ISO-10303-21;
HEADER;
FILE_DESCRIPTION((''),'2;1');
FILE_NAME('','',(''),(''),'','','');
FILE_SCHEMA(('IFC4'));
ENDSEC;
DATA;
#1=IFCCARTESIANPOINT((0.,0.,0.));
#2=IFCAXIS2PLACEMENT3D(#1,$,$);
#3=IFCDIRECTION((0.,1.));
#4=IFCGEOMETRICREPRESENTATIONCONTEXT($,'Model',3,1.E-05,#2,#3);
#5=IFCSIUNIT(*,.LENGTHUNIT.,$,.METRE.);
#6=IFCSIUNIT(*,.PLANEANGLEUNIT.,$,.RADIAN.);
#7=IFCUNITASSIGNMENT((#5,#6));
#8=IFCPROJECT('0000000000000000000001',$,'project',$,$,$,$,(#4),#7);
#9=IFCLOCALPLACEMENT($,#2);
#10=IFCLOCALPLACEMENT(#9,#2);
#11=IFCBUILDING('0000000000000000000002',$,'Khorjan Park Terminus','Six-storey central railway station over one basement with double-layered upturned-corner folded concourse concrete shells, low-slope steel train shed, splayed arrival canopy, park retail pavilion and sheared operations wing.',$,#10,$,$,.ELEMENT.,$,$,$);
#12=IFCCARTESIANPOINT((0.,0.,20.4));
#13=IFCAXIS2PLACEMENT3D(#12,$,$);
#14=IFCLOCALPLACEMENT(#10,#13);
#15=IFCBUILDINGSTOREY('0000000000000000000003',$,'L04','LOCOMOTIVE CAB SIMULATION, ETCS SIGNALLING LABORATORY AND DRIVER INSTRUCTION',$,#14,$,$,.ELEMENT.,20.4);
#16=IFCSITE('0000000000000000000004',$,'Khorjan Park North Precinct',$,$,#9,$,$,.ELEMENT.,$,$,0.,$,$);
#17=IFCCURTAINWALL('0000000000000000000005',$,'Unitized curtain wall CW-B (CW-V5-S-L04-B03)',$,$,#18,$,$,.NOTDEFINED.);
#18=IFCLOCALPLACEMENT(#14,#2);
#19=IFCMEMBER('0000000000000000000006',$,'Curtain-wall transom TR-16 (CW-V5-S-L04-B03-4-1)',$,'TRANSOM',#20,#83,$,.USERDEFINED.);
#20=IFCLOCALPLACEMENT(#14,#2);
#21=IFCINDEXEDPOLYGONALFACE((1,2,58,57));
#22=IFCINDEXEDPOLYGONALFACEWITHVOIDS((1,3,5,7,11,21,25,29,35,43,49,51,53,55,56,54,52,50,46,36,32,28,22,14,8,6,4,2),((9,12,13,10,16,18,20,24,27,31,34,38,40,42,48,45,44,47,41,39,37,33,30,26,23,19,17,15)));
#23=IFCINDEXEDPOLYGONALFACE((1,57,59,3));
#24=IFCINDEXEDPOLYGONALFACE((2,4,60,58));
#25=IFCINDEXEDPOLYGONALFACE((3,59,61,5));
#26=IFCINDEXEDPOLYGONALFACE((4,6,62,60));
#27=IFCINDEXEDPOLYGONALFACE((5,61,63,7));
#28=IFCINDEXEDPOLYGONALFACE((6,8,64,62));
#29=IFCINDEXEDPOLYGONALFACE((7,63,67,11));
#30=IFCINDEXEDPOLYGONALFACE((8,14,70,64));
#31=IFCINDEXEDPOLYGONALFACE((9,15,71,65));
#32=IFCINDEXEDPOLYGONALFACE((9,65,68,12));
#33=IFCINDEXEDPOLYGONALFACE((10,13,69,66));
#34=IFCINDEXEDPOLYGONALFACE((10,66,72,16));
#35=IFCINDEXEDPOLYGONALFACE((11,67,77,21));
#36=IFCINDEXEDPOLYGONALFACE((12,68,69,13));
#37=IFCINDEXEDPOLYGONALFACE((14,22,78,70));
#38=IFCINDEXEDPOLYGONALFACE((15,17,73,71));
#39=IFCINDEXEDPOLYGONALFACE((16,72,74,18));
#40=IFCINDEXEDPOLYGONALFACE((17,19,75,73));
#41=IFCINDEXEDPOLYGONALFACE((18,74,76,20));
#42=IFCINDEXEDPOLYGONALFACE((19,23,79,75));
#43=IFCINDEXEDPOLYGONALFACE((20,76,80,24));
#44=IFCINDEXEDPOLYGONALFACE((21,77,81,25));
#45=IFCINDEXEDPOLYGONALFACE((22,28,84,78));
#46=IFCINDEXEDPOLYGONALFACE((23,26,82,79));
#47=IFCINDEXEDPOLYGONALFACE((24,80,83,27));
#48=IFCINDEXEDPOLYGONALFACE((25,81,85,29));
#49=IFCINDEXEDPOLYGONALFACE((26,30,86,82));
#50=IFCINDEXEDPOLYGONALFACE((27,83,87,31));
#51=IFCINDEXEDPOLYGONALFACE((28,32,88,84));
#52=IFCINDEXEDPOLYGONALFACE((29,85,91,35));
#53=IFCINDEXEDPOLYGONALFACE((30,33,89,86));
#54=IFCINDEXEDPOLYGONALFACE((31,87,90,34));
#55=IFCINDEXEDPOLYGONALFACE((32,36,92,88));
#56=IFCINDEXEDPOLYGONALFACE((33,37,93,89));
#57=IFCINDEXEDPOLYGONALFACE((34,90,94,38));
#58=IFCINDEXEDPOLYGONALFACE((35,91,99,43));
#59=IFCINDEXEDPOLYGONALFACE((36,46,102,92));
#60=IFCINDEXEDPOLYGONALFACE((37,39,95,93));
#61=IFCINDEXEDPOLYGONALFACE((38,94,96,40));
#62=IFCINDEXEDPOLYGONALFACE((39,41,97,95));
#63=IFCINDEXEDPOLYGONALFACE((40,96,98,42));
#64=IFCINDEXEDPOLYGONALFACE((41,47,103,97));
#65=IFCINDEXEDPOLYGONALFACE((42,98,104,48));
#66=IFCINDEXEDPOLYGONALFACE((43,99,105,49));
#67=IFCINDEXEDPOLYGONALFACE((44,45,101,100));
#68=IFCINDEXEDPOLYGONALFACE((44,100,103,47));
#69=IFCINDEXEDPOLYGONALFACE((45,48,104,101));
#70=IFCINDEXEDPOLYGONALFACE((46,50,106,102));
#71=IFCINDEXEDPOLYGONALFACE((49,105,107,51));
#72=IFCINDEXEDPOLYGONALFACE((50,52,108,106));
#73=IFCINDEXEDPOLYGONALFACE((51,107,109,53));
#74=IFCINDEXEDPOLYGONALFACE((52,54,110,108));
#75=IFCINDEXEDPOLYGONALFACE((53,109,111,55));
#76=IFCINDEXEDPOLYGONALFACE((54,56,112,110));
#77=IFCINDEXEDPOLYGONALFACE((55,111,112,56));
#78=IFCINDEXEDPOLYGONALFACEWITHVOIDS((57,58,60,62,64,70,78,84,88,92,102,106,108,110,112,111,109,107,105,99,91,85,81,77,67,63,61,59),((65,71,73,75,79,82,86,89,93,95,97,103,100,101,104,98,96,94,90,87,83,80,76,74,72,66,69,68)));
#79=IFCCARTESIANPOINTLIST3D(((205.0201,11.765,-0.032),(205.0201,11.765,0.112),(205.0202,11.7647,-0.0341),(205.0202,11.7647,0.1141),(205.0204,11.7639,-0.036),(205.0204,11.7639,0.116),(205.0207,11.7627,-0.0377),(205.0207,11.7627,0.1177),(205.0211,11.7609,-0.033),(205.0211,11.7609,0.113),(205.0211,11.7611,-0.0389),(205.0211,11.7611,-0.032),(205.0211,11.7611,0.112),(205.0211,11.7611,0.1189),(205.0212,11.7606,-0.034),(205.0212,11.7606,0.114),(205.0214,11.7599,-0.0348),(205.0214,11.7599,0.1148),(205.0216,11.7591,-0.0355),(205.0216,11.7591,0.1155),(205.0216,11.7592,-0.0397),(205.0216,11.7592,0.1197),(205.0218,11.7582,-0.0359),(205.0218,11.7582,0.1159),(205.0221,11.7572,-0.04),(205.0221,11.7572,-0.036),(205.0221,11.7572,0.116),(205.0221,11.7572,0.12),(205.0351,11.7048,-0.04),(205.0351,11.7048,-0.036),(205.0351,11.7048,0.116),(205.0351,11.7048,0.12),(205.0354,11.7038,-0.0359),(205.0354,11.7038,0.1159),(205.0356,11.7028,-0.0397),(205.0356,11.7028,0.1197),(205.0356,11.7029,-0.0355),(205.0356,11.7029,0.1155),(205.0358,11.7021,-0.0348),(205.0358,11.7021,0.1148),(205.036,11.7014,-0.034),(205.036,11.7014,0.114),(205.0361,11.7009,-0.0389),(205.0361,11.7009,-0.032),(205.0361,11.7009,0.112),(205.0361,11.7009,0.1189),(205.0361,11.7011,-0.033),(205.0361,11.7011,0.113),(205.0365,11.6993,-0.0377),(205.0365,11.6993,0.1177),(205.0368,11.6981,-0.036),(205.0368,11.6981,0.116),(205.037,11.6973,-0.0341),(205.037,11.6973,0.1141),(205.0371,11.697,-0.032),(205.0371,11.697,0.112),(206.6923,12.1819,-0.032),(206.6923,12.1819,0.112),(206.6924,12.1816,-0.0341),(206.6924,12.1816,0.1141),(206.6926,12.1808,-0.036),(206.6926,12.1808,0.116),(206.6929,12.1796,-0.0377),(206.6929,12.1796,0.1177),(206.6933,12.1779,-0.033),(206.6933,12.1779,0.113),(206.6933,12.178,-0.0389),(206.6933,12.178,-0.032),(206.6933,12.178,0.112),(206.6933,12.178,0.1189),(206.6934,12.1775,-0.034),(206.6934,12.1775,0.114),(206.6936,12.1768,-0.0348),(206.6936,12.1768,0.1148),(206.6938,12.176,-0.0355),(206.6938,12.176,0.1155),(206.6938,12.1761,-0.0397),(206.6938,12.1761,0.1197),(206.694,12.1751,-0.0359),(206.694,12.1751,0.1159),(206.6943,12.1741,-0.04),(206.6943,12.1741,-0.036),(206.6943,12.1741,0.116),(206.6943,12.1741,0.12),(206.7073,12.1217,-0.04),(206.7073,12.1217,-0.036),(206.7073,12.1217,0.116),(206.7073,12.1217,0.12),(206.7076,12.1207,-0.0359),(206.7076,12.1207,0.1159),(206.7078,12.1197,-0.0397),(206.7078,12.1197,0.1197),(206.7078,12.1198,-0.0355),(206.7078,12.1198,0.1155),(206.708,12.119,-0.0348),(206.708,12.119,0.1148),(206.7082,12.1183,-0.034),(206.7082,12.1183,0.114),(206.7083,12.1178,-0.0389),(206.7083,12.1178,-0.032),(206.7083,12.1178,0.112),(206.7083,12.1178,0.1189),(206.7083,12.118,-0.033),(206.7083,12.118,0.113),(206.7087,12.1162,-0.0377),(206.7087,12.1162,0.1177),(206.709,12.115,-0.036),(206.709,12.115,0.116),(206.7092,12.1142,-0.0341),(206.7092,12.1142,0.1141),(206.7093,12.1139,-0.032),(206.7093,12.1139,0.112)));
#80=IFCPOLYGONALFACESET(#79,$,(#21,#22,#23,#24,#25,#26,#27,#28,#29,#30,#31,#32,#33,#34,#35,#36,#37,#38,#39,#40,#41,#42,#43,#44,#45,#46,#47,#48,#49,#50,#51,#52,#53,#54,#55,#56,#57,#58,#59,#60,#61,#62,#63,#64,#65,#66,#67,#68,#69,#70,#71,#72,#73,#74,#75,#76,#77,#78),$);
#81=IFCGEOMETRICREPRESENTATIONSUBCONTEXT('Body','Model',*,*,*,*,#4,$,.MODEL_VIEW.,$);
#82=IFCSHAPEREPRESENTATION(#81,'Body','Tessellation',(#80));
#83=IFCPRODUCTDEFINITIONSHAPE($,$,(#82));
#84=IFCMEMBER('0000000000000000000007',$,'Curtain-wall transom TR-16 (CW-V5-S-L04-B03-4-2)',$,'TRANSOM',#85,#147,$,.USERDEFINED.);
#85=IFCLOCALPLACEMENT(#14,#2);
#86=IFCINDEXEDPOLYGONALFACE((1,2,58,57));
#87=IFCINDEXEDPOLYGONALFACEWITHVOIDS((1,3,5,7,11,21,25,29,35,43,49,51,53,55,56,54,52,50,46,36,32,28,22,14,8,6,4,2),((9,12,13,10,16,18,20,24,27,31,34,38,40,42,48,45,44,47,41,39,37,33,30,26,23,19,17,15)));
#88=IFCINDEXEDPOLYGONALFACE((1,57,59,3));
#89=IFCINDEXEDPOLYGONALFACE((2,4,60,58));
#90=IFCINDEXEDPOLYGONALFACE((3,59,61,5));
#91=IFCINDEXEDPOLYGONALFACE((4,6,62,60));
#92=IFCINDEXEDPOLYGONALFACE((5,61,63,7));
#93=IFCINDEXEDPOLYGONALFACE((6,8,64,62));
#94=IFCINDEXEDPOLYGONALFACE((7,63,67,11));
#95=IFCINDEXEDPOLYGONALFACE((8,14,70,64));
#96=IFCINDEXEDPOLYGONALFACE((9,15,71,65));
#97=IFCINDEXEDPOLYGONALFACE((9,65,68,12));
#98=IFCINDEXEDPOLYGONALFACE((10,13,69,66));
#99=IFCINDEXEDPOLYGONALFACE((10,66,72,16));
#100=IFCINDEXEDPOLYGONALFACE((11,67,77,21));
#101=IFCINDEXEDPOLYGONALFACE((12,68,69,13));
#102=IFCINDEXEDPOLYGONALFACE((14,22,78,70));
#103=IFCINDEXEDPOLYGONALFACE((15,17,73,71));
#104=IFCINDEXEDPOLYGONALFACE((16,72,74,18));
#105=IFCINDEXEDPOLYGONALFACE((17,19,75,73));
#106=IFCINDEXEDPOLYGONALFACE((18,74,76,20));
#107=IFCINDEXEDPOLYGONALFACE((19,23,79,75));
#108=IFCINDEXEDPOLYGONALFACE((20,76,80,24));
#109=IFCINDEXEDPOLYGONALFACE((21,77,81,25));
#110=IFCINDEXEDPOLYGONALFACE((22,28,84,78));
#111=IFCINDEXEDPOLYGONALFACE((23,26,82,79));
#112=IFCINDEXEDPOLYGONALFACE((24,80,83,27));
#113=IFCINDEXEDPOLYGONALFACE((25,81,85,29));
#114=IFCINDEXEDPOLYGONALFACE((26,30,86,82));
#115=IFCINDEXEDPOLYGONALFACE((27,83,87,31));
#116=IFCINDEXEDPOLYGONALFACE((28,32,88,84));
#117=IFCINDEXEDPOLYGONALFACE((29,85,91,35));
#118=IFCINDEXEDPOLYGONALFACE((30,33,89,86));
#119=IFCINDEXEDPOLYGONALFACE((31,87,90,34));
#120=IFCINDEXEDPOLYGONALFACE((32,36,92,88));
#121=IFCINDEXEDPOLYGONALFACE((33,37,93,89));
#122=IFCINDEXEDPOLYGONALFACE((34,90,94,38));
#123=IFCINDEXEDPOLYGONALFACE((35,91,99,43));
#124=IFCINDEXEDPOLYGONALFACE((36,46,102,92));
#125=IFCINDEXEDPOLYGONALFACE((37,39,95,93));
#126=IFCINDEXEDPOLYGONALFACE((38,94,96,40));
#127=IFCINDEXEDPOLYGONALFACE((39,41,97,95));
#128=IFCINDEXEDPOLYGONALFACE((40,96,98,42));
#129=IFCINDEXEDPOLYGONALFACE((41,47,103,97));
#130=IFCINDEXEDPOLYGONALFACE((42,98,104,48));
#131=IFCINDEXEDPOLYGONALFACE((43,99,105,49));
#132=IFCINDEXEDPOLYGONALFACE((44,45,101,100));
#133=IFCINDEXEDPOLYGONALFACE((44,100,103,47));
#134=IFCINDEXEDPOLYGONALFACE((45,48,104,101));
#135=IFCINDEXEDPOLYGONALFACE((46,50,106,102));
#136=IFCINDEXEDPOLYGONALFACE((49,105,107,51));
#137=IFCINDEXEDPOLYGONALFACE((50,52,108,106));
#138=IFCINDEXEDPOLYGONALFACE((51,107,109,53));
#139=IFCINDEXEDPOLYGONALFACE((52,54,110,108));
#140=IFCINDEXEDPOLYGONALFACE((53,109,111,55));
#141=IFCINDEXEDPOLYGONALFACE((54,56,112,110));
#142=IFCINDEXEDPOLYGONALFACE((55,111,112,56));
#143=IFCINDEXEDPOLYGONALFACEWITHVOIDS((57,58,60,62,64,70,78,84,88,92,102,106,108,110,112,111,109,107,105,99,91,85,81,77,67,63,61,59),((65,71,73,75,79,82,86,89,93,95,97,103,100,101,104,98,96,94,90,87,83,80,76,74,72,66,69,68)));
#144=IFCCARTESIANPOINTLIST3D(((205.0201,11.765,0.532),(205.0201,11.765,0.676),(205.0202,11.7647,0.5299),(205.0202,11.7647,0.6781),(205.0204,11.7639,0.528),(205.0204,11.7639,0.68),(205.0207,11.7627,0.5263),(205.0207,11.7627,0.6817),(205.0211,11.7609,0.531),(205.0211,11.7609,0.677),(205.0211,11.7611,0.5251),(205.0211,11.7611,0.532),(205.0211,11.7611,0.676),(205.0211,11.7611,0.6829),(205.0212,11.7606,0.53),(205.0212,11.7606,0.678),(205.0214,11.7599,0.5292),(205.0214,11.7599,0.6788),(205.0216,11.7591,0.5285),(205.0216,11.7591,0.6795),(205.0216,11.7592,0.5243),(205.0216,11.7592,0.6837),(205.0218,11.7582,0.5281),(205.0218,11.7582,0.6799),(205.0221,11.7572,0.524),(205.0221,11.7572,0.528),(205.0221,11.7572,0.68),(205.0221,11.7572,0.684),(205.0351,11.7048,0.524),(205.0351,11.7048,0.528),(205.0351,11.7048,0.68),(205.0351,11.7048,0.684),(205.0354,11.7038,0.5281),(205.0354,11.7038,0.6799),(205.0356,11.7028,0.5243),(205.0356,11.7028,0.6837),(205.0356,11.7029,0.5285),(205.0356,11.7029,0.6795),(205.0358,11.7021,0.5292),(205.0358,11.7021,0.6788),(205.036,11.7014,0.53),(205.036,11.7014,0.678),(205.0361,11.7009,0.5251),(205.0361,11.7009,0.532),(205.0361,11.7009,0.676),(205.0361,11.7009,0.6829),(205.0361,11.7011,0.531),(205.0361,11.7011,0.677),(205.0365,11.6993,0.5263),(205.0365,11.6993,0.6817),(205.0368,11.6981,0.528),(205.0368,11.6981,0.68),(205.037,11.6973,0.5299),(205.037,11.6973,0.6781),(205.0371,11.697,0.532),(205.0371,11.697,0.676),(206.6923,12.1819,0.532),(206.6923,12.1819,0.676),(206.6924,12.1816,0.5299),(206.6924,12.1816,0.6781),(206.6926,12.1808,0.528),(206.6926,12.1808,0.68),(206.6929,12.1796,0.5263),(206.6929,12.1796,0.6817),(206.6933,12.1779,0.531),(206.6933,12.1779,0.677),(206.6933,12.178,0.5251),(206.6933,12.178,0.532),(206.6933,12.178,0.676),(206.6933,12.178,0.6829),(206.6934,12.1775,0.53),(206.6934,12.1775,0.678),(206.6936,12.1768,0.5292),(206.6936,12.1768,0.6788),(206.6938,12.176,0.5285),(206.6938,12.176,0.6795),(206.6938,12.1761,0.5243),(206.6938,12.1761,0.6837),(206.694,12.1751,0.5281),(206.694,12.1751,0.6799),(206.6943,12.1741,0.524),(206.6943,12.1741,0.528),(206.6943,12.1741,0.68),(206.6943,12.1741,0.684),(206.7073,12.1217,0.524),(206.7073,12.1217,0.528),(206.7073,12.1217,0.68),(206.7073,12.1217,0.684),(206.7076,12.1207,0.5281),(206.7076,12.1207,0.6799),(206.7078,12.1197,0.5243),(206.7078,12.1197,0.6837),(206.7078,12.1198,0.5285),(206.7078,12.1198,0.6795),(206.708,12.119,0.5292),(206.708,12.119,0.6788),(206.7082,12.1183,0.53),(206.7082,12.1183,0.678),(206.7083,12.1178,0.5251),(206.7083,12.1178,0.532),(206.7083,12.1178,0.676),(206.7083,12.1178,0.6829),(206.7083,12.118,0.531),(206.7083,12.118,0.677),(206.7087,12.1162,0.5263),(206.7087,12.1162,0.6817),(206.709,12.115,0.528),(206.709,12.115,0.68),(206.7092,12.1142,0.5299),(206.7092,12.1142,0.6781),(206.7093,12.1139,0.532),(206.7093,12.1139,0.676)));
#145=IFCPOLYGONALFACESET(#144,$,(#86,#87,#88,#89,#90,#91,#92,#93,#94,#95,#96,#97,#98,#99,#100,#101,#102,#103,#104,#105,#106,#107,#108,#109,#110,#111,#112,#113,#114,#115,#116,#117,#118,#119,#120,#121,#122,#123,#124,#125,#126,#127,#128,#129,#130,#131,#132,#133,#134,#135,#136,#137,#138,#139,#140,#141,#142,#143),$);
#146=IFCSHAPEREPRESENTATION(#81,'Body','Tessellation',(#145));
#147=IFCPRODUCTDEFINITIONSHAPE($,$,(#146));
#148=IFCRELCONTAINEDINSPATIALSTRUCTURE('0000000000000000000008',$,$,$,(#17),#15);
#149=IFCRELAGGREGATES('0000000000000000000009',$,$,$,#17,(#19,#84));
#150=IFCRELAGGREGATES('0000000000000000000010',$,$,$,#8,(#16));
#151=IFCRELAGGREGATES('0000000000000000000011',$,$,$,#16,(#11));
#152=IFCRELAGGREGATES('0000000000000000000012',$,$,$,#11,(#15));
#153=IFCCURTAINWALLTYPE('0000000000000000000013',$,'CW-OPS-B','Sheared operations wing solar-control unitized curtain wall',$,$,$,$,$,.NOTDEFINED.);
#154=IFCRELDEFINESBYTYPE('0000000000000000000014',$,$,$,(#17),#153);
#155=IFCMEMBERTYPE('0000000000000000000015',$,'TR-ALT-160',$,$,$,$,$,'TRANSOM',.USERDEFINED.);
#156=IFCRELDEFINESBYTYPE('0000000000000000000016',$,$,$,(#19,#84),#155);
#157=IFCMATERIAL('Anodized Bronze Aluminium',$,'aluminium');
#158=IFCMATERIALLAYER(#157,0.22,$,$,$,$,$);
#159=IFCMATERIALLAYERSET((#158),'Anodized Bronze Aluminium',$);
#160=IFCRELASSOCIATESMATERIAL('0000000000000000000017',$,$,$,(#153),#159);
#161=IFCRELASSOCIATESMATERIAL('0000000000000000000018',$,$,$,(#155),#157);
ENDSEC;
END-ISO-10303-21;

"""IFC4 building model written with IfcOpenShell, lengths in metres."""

from ifc_helpers import new_model, si_unit, direction, frame, origin, origin_2d, place, context, subcontext, project, spatial, hollow_rectangle, extrude, material, layer, layer_set, material_profile, profile_set, type_object, element, aggregate, save


model = new_model("IFC4")

# Units and contexts
model_context = context("Model", 3, precision=1e-05, world=origin(), true_north=direction((0.0, 1.0)))
body_context = subcontext(model_context, "Body", "Model", "MODEL_VIEW")
ifc_project = project(units=[si_unit("LENGTHUNIT", "METRE"), si_unit("PLANEANGLEUNIT", "RADIAN")], contexts=[model_context])

# Site, building, storey
site_placement = place(None, origin())
site = spatial("IfcSite", under=ifc_project, at=site_placement, Name="Khorjan Park North Precinct", CompositionType="ELEMENT", RefElevation=0.0)
building_placement = place(site_placement, origin())
building = spatial("IfcBuilding", under=site, at=building_placement, Name="Khorjan Park Terminus", Description="Six-storey central railway station over one basement with double-layered upturned-corner folded concourse concrete shells, low-slope steel train shed, splayed arrival canopy, park retail pavilion and sheared operations wing.", CompositionType="ELEMENT")
storey_placement = place(building_placement, frame((0.0, 0.0, 20.4)))
storey = spatial("IfcBuildingStorey", under=building, at=storey_placement, Name="L04", Description="LOCOMOTIVE CAB SIMULATION, ETCS SIGNALLING LABORATORY AND DRIVER INSTRUCTION", CompositionType="ELEMENT", Elevation=20.4)

# Curtain wall, members
ifc_material_1 = material(Name="Anodized Bronze Aluminium", Category="aluminium")
ifc_layer_1 = layer(ifc_material_1, 0.22)
ifc_layer_set_1 = layer_set([ifc_layer_1], Name="Anodized Bronze Aluminium")
curtain_wall_type = type_object("IfcCurtainWallType", Name="CW-OPS-B", Description="Sheared operations wing solar-control unitized curtain wall", PredefinedType="NOTDEFINED", material=ifc_layer_set_1)
curtain_wall_placement = place(storey_placement, origin())
curtain_wall = element("IfcCurtainWall", 1, at=curtain_wall_placement, inside=storey, type_object=curtain_wall_type, Name="Unitized curtain wall CW-B (CW-V5-S-L04-B03)", PredefinedType="NOTDEFINED")
ifc_material_profile_1 = material_profile(ifc_material_1, hollow_rectangle(XDim=0.07, YDim=0.16, WallThickness=0.004, InnerFilletRadius=0.004, OuterFilletRadius=0.008, at=origin_2d()), Name="ALT 70x160x4")
ifc_profile_set_1 = profile_set([ifc_material_profile_1], Name="Anodized Bronze Aluminium")
member_type_1 = type_object("IfcMemberType", Name="TR-ALT-160", ElementType="TRANSOM", PredefinedType="USERDEFINED", material=ifc_profile_set_1)
member_1_placement = place(storey_placement, frame((205.0286, 11.731, 0.04), z_axis=(0.970299, 0.241908, 0.0), x_axis=(-0.241908, 0.970299, 0.0)))
member_1 = element("IfcMember", 2, at=member_1_placement, type_object=member_type_1, Name="Curtain-wall transom TR-16 (CW-V5-S-L04-B03-4-1)", ObjectType="TRANSOM", PredefinedType="USERDEFINED", context=body_context, shape_type="SweptSolid", body=[
    extrude(hollow_rectangle(XDim=0.07, YDim=0.16, WallThickness=0.004, InnerFilletRadius=0.004, OuterFilletRadius=0.008, at=origin_2d()), origin(), (0.0, 0.0, 1.0), 1.7234),
])
member_2_placement = place(storey_placement, frame((205.0286, 11.731, 0.604), z_axis=(0.970299, 0.241908, 0.0), x_axis=(-0.241908, 0.970299, 0.0)))
member_2 = element("IfcMember", 3, at=member_2_placement, type_object=member_type_1, Name="Curtain-wall transom TR-16 (CW-V5-S-L04-B03-4-2)", ObjectType="TRANSOM", PredefinedType="USERDEFINED", context=body_context, shape_type="SweptSolid", body=[
    extrude(hollow_rectangle(XDim=0.07, YDim=0.16, WallThickness=0.004, InnerFilletRadius=0.004, OuterFilletRadius=0.008, at=origin_2d()), origin(), (0.0, 0.0, 1.0), 1.7234),
])
aggregate(curtain_wall, [member_1, member_2])

save(model, "model.ifc")
